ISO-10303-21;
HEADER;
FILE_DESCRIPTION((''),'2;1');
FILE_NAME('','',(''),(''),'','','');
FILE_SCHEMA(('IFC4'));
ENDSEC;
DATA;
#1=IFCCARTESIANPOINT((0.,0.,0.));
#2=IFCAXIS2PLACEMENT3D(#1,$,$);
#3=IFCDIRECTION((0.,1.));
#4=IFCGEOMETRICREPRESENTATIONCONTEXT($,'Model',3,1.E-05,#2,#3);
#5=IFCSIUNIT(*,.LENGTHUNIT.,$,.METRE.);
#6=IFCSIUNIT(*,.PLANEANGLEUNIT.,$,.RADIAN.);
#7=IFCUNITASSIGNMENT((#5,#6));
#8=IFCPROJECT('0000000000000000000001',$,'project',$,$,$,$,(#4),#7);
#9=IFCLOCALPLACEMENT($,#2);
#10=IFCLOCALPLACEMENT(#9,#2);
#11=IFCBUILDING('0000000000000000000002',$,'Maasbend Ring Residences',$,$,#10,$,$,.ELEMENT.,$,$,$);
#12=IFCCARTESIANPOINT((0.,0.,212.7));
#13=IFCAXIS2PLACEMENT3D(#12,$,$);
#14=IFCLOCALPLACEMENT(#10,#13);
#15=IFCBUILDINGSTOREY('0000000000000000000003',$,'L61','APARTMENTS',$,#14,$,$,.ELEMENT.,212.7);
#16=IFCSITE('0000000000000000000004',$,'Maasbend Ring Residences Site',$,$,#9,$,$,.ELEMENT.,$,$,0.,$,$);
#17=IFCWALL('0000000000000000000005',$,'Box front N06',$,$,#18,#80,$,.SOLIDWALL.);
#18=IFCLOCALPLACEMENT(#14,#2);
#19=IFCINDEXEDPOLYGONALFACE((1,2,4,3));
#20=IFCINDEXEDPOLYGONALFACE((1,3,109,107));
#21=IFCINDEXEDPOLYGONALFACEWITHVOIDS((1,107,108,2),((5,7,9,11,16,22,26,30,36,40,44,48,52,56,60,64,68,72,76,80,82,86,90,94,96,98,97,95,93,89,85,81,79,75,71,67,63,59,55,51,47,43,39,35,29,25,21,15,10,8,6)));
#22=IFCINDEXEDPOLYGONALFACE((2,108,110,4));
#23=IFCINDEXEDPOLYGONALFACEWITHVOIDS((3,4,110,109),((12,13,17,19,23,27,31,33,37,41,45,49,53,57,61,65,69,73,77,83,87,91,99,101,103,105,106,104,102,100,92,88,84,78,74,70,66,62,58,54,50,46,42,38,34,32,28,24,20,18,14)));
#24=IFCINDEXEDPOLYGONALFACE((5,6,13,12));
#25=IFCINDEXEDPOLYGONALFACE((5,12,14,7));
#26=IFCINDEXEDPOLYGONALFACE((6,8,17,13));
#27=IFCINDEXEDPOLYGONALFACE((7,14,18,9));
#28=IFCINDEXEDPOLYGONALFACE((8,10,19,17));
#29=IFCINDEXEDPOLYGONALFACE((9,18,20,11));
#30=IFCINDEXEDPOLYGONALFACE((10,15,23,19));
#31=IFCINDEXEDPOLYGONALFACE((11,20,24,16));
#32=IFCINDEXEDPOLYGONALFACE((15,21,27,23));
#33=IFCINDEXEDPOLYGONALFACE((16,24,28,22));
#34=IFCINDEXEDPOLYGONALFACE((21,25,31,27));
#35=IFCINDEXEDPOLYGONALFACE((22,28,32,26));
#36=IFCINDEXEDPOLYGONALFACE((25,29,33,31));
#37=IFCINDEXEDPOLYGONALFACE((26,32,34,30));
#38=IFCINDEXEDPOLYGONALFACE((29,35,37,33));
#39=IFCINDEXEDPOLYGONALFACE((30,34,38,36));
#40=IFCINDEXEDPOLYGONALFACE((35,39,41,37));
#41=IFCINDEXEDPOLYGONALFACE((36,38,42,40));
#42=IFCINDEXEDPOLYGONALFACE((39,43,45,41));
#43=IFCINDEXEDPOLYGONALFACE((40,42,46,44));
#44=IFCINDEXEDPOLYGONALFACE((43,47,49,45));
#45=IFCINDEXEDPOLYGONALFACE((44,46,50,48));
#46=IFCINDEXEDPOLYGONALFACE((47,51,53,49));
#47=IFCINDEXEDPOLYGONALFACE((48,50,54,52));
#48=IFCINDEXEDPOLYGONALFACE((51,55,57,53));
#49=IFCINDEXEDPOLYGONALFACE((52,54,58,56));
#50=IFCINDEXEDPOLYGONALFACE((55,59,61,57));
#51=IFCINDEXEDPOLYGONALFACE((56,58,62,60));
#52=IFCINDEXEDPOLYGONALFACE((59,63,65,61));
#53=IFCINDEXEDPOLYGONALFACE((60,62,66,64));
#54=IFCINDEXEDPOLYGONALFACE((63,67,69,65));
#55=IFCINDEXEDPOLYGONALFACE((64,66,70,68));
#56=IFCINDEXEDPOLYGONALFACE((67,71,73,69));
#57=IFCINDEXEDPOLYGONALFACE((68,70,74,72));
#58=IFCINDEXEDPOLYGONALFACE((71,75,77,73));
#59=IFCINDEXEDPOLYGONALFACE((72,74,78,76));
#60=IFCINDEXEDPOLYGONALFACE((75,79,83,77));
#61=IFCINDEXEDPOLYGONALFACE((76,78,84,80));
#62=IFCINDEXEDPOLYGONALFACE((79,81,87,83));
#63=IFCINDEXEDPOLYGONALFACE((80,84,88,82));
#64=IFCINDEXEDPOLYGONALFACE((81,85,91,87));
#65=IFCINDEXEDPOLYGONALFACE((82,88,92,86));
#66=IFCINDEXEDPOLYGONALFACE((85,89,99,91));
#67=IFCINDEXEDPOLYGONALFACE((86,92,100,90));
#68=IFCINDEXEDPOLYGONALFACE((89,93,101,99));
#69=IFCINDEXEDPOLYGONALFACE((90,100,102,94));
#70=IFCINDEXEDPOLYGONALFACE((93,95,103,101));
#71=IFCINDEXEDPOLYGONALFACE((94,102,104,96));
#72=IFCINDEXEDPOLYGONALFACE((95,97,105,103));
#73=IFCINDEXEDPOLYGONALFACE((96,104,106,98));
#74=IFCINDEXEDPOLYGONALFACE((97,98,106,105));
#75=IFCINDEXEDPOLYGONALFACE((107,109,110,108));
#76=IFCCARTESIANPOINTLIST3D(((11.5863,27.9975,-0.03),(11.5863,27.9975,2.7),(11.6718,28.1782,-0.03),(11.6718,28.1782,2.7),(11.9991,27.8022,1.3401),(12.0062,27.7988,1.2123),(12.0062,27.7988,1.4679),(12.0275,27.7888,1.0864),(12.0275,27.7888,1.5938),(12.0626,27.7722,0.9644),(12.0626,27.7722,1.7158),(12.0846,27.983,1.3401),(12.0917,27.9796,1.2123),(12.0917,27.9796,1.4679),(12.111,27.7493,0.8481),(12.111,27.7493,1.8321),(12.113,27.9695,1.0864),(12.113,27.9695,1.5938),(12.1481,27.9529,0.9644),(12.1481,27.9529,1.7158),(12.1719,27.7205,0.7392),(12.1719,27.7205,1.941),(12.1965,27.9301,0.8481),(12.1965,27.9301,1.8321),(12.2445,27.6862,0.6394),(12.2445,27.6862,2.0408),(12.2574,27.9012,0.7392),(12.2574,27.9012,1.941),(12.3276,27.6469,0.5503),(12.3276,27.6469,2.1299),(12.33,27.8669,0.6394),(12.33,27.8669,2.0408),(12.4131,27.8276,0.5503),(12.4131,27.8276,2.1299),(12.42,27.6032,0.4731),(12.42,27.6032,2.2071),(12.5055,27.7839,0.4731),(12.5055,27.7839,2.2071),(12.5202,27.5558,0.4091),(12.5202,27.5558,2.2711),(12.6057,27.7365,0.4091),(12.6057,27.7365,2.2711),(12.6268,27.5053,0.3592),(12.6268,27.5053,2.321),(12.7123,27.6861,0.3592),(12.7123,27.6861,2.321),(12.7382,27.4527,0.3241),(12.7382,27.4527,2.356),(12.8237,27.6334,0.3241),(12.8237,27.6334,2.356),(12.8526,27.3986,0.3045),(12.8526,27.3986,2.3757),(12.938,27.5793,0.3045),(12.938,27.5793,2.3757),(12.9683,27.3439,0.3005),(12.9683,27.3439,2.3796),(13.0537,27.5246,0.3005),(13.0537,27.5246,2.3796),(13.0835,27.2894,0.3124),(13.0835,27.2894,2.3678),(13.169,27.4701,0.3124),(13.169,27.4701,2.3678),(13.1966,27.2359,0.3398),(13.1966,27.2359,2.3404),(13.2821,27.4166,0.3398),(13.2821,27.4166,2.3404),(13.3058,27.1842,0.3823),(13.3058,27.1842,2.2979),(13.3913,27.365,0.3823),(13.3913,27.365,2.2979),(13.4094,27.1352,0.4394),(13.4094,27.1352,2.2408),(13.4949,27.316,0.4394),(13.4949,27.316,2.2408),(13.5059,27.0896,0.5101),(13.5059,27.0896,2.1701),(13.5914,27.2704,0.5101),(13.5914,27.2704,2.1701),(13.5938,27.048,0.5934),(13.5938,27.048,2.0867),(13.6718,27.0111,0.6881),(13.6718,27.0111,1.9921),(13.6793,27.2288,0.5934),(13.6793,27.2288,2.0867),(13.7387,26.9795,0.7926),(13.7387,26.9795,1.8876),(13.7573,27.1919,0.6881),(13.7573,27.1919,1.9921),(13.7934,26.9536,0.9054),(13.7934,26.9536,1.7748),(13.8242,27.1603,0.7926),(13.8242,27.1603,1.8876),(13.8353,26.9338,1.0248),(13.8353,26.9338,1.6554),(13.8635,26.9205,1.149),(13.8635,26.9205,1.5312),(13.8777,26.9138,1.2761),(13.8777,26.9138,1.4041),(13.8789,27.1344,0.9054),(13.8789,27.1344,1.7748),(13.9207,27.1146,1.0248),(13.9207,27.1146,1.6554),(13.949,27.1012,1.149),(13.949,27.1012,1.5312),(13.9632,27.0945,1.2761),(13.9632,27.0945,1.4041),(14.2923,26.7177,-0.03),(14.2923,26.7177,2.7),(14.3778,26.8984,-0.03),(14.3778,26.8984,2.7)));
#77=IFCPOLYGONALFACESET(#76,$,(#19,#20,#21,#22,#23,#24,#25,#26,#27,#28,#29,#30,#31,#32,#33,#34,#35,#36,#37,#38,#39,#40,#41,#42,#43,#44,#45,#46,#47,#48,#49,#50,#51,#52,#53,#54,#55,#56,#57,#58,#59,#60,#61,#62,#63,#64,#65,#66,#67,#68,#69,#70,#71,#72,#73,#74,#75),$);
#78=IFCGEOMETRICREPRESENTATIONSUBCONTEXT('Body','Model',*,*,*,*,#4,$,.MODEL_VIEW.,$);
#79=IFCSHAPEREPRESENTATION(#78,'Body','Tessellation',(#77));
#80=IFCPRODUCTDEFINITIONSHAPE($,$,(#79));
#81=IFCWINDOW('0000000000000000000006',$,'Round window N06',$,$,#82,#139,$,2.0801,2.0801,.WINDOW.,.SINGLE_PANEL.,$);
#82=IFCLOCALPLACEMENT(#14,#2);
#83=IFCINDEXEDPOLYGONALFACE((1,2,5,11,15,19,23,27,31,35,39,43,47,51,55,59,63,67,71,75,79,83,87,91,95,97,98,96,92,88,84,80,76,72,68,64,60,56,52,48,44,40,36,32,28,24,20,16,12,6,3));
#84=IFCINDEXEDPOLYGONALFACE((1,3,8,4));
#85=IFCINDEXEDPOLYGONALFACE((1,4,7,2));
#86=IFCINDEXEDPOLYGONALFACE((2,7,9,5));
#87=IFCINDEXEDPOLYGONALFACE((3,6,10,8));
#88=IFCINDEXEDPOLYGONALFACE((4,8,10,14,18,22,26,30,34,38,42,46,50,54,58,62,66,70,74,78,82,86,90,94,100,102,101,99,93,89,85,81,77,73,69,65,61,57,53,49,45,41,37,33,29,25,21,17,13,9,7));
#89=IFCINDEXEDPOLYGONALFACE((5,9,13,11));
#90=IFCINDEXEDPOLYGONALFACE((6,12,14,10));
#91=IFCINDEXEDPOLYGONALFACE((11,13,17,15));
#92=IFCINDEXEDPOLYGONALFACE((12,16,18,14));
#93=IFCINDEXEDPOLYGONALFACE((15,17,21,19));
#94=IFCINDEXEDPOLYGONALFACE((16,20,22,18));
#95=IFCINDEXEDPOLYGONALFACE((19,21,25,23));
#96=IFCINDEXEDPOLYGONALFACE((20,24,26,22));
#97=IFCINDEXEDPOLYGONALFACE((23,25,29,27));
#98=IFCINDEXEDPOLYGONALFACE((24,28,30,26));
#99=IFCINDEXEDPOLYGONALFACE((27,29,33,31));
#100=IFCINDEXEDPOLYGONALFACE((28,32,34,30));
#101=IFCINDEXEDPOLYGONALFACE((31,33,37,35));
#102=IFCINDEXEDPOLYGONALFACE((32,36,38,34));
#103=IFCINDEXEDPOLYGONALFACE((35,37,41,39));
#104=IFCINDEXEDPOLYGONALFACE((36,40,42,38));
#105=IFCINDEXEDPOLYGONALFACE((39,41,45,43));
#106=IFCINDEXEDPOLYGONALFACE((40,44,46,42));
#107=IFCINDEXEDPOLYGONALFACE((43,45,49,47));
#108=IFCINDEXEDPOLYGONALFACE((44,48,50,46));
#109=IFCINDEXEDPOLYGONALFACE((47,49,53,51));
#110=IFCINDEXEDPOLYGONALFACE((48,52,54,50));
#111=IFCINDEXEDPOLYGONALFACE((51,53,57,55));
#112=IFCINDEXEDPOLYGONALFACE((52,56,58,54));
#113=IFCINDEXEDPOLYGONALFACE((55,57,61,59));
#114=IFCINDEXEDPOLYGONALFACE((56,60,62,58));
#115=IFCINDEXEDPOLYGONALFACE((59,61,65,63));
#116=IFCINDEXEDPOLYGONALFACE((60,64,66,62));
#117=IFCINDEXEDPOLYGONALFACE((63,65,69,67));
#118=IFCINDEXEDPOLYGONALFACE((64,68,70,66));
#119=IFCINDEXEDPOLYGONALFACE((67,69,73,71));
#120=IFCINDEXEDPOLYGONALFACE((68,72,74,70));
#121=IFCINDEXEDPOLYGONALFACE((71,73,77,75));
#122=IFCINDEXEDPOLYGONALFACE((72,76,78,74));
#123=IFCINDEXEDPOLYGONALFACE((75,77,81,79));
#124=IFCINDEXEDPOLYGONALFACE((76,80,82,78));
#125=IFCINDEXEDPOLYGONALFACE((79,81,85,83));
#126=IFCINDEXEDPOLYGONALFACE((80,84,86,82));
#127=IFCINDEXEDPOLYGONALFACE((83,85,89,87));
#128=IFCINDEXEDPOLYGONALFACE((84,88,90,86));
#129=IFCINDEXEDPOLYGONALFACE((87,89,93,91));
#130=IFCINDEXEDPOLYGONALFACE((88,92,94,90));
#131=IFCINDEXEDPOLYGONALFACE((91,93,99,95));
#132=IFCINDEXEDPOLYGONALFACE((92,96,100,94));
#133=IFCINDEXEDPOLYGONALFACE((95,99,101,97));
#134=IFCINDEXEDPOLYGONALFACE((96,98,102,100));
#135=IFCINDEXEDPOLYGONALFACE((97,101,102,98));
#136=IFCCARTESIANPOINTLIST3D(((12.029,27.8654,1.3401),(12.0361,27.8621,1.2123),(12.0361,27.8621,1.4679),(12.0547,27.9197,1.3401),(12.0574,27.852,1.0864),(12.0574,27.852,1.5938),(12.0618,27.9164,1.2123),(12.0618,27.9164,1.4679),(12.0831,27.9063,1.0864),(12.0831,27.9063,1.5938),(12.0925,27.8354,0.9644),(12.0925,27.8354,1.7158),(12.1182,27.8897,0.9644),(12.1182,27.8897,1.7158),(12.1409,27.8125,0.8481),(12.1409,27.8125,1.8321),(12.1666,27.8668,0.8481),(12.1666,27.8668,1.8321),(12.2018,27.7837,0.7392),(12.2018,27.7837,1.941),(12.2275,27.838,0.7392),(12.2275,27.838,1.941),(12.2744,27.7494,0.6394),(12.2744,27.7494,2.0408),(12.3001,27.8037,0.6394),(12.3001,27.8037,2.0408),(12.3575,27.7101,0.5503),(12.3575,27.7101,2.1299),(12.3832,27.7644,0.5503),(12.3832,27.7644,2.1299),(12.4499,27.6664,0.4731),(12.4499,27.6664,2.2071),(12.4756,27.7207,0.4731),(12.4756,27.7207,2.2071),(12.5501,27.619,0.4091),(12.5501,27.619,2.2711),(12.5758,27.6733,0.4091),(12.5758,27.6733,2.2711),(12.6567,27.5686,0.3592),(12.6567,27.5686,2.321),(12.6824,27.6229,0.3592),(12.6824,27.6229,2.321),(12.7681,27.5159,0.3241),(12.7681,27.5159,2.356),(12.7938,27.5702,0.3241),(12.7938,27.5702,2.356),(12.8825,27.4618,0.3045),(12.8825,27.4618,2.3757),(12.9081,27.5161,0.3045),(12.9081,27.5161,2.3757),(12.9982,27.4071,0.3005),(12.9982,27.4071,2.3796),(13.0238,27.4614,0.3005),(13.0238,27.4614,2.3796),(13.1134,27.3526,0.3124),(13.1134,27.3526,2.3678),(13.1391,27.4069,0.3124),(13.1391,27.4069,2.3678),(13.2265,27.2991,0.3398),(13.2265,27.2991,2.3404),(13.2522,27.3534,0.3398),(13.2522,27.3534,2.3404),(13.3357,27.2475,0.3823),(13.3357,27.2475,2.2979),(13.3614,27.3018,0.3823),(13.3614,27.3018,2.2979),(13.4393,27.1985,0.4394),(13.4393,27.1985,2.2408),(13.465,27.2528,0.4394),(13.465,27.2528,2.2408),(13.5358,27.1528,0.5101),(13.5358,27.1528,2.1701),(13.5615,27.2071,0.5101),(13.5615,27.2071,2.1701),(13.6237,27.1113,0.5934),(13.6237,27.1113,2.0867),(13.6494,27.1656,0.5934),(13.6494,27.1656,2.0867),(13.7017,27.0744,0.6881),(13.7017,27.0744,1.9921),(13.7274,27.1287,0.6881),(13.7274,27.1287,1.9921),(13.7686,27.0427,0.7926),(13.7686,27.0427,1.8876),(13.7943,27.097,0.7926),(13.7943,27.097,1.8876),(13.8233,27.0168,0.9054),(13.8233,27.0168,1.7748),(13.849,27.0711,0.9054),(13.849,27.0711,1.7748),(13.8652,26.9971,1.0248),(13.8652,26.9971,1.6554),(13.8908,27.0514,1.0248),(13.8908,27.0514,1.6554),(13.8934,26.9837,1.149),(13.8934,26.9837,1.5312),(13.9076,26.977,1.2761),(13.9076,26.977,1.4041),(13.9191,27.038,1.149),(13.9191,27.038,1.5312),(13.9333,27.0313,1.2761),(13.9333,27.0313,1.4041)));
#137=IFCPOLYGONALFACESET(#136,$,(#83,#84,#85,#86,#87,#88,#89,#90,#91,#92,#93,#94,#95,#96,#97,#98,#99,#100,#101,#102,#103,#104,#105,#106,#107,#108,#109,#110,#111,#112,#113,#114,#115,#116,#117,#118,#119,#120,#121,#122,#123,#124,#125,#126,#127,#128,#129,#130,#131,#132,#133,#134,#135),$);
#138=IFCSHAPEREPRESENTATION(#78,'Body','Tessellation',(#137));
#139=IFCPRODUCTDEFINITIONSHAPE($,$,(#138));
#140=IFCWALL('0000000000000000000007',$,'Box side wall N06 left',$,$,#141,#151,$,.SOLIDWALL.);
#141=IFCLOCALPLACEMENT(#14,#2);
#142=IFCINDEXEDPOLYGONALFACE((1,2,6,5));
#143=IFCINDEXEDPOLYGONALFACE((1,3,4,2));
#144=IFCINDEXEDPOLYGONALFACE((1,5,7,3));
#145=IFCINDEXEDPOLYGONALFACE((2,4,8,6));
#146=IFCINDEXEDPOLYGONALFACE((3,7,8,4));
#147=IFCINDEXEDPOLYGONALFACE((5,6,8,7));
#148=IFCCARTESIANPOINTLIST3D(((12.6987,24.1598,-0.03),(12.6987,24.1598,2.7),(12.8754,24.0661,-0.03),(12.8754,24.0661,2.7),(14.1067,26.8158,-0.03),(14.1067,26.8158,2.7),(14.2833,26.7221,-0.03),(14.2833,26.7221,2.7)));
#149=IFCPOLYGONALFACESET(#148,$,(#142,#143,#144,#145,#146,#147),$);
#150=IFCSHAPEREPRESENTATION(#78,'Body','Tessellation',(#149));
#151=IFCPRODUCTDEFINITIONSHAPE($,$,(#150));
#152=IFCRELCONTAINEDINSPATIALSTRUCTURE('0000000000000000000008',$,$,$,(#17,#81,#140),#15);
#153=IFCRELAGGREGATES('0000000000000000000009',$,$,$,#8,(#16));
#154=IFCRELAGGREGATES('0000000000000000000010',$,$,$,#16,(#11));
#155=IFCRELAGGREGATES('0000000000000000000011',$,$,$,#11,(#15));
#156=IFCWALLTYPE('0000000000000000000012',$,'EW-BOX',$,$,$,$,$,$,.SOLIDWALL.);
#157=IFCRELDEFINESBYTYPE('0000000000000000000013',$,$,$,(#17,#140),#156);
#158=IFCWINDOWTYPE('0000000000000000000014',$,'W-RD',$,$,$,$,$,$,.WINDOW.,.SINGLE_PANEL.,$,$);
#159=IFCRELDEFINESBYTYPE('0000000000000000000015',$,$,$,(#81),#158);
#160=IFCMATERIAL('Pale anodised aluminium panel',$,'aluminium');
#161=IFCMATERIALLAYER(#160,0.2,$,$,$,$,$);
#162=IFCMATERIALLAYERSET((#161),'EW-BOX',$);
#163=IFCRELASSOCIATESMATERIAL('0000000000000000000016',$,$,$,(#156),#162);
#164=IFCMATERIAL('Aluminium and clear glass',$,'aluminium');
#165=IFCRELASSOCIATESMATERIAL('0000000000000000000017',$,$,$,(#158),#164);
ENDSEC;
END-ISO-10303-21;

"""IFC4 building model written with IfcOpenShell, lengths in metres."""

from ifc_helpers import new_model, si_unit, direction, frame, frame_2d, origin, place, context, subcontext, project, spatial, rectangle, circle, extrude, material, layer, layer_set, type_object, element, fill, save


model = new_model("IFC4")

# Units and contexts
model_context = context("Model", 3, precision=1e-05, world=origin(), true_north=direction((0.0, 1.0)))
body_context = subcontext(model_context, "Body", "Model", "MODEL_VIEW")
ifc_project = project(units=[si_unit("LENGTHUNIT", "METRE"), si_unit("PLANEANGLEUNIT", "RADIAN")], contexts=[model_context])

# Site, building, storey
site_placement = place(None, origin())
site = spatial("IfcSite", under=ifc_project, at=site_placement, Name="Maasbend Ring Residences Site", CompositionType="ELEMENT", RefElevation=0.0)
building_placement = place(site_placement, origin())
building = spatial("IfcBuilding", under=site, at=building_placement, Name="Maasbend Ring Residences", CompositionType="ELEMENT")
storey_placement = place(building_placement, frame((0.0, 0.0, 212.7)))
storey = spatial("IfcBuildingStorey", under=building, at=storey_placement, Name="L61", Description="APARTMENTS", CompositionType="ELEMENT", Elevation=212.7)

# Shared definitions
ifc_material_1 = material(Name="Pale anodised aluminium panel", Category="aluminium")
ifc_layer_1 = layer(ifc_material_1, 0.2)
ifc_layer_set_1 = layer_set([ifc_layer_1], Name="EW-BOX")
wall_type_1 = type_object("IfcWallType", Name="EW-BOX", PredefinedType="SOLIDWALL", material=ifc_layer_set_1)
ifc_material_2 = material(Name="Aluminium and clear glass", Category="aluminium")
window_type_1 = type_object("IfcWindowType", Name="W-RD", PartitioningType="SINGLE_PANEL", PredefinedType="WINDOW", material=ifc_material_2)

# Wall, opening, window
wall_1_placement = place(storey_placement, frame((14.335, 26.8081, -0.03), z_axis=(0.0, 0.0, 1.0), x_axis=(-0.904, 0.427532, 0.0)))
wall_1 = element("IfcWall", 1, at=wall_1_placement, inside=storey, type_object=wall_type_1, Name="Box front N06", PredefinedType="SOLIDWALL", context=body_context, shape_type="SweptSolid", body=[
    extrude(rectangle(XDim=2.9934, YDim=0.2, at=frame_2d((1.4966, 0.0))), origin(), (0.0, 0.0, 1.0), 2.73),
])
opening_1_placement = place(wall_1_placement, frame((0.4565, 0.0, 0.3301)))
opening_1 = element("IfcOpeningElement", 2, at=opening_1_placement, cuts=wall_1, PredefinedType="OPENING", context=body_context, shape_type="SweptSolid", body=[
    extrude(circle(Radius=1.04, at=frame_2d((1.04, 1.04))), frame((0.0, 0.1099, 0.0), z_axis=(0.0, -1.0, 0.0), x_axis=(1.0, 0.0, 0.0)), (0.0, 0.0, 1.0), 0.22),
])
window_1_placement = place(opening_1_placement, origin())
window_1 = element("IfcWindow", 3, at=window_1_placement, inside=storey, type_object=window_type_1, Name="Round window N06", OverallHeight=2.0801, OverallWidth=2.0801, PartitioningType="SINGLE_PANEL", PredefinedType="WINDOW", context=body_context, shape_type="SweptSolid", body=[
    extrude(circle(Radius=1.04, at=frame_2d((1.04, 1.04))), frame((0.0, 0.03, 0.0), z_axis=(0.0, -1.0, 0.0), x_axis=(1.0, 0.0, 0.0)), (0.0, 0.0, 1.0), 0.0601),
])
fill(opening_1, window_1)

# Wall
wall_2_placement = place(storey_placement, frame((12.7871, 24.113, -0.03), z_axis=(0.0, 0.0, 1.0), x_axis=(0.468365, 0.883535, 0.0)))
element("IfcWall", 4, at=wall_2_placement, inside=storey, type_object=wall_type_1, Name="Box side wall N06 left", PredefinedType="SOLIDWALL", context=body_context, shape_type="SweptSolid", body=[
    extrude(rectangle(XDim=3.0061, YDim=0.2, at=frame_2d((1.5029, 0.0))), origin(), (0.0, 0.0, 1.0), 2.73),
])

save(model, "model.ifc")
